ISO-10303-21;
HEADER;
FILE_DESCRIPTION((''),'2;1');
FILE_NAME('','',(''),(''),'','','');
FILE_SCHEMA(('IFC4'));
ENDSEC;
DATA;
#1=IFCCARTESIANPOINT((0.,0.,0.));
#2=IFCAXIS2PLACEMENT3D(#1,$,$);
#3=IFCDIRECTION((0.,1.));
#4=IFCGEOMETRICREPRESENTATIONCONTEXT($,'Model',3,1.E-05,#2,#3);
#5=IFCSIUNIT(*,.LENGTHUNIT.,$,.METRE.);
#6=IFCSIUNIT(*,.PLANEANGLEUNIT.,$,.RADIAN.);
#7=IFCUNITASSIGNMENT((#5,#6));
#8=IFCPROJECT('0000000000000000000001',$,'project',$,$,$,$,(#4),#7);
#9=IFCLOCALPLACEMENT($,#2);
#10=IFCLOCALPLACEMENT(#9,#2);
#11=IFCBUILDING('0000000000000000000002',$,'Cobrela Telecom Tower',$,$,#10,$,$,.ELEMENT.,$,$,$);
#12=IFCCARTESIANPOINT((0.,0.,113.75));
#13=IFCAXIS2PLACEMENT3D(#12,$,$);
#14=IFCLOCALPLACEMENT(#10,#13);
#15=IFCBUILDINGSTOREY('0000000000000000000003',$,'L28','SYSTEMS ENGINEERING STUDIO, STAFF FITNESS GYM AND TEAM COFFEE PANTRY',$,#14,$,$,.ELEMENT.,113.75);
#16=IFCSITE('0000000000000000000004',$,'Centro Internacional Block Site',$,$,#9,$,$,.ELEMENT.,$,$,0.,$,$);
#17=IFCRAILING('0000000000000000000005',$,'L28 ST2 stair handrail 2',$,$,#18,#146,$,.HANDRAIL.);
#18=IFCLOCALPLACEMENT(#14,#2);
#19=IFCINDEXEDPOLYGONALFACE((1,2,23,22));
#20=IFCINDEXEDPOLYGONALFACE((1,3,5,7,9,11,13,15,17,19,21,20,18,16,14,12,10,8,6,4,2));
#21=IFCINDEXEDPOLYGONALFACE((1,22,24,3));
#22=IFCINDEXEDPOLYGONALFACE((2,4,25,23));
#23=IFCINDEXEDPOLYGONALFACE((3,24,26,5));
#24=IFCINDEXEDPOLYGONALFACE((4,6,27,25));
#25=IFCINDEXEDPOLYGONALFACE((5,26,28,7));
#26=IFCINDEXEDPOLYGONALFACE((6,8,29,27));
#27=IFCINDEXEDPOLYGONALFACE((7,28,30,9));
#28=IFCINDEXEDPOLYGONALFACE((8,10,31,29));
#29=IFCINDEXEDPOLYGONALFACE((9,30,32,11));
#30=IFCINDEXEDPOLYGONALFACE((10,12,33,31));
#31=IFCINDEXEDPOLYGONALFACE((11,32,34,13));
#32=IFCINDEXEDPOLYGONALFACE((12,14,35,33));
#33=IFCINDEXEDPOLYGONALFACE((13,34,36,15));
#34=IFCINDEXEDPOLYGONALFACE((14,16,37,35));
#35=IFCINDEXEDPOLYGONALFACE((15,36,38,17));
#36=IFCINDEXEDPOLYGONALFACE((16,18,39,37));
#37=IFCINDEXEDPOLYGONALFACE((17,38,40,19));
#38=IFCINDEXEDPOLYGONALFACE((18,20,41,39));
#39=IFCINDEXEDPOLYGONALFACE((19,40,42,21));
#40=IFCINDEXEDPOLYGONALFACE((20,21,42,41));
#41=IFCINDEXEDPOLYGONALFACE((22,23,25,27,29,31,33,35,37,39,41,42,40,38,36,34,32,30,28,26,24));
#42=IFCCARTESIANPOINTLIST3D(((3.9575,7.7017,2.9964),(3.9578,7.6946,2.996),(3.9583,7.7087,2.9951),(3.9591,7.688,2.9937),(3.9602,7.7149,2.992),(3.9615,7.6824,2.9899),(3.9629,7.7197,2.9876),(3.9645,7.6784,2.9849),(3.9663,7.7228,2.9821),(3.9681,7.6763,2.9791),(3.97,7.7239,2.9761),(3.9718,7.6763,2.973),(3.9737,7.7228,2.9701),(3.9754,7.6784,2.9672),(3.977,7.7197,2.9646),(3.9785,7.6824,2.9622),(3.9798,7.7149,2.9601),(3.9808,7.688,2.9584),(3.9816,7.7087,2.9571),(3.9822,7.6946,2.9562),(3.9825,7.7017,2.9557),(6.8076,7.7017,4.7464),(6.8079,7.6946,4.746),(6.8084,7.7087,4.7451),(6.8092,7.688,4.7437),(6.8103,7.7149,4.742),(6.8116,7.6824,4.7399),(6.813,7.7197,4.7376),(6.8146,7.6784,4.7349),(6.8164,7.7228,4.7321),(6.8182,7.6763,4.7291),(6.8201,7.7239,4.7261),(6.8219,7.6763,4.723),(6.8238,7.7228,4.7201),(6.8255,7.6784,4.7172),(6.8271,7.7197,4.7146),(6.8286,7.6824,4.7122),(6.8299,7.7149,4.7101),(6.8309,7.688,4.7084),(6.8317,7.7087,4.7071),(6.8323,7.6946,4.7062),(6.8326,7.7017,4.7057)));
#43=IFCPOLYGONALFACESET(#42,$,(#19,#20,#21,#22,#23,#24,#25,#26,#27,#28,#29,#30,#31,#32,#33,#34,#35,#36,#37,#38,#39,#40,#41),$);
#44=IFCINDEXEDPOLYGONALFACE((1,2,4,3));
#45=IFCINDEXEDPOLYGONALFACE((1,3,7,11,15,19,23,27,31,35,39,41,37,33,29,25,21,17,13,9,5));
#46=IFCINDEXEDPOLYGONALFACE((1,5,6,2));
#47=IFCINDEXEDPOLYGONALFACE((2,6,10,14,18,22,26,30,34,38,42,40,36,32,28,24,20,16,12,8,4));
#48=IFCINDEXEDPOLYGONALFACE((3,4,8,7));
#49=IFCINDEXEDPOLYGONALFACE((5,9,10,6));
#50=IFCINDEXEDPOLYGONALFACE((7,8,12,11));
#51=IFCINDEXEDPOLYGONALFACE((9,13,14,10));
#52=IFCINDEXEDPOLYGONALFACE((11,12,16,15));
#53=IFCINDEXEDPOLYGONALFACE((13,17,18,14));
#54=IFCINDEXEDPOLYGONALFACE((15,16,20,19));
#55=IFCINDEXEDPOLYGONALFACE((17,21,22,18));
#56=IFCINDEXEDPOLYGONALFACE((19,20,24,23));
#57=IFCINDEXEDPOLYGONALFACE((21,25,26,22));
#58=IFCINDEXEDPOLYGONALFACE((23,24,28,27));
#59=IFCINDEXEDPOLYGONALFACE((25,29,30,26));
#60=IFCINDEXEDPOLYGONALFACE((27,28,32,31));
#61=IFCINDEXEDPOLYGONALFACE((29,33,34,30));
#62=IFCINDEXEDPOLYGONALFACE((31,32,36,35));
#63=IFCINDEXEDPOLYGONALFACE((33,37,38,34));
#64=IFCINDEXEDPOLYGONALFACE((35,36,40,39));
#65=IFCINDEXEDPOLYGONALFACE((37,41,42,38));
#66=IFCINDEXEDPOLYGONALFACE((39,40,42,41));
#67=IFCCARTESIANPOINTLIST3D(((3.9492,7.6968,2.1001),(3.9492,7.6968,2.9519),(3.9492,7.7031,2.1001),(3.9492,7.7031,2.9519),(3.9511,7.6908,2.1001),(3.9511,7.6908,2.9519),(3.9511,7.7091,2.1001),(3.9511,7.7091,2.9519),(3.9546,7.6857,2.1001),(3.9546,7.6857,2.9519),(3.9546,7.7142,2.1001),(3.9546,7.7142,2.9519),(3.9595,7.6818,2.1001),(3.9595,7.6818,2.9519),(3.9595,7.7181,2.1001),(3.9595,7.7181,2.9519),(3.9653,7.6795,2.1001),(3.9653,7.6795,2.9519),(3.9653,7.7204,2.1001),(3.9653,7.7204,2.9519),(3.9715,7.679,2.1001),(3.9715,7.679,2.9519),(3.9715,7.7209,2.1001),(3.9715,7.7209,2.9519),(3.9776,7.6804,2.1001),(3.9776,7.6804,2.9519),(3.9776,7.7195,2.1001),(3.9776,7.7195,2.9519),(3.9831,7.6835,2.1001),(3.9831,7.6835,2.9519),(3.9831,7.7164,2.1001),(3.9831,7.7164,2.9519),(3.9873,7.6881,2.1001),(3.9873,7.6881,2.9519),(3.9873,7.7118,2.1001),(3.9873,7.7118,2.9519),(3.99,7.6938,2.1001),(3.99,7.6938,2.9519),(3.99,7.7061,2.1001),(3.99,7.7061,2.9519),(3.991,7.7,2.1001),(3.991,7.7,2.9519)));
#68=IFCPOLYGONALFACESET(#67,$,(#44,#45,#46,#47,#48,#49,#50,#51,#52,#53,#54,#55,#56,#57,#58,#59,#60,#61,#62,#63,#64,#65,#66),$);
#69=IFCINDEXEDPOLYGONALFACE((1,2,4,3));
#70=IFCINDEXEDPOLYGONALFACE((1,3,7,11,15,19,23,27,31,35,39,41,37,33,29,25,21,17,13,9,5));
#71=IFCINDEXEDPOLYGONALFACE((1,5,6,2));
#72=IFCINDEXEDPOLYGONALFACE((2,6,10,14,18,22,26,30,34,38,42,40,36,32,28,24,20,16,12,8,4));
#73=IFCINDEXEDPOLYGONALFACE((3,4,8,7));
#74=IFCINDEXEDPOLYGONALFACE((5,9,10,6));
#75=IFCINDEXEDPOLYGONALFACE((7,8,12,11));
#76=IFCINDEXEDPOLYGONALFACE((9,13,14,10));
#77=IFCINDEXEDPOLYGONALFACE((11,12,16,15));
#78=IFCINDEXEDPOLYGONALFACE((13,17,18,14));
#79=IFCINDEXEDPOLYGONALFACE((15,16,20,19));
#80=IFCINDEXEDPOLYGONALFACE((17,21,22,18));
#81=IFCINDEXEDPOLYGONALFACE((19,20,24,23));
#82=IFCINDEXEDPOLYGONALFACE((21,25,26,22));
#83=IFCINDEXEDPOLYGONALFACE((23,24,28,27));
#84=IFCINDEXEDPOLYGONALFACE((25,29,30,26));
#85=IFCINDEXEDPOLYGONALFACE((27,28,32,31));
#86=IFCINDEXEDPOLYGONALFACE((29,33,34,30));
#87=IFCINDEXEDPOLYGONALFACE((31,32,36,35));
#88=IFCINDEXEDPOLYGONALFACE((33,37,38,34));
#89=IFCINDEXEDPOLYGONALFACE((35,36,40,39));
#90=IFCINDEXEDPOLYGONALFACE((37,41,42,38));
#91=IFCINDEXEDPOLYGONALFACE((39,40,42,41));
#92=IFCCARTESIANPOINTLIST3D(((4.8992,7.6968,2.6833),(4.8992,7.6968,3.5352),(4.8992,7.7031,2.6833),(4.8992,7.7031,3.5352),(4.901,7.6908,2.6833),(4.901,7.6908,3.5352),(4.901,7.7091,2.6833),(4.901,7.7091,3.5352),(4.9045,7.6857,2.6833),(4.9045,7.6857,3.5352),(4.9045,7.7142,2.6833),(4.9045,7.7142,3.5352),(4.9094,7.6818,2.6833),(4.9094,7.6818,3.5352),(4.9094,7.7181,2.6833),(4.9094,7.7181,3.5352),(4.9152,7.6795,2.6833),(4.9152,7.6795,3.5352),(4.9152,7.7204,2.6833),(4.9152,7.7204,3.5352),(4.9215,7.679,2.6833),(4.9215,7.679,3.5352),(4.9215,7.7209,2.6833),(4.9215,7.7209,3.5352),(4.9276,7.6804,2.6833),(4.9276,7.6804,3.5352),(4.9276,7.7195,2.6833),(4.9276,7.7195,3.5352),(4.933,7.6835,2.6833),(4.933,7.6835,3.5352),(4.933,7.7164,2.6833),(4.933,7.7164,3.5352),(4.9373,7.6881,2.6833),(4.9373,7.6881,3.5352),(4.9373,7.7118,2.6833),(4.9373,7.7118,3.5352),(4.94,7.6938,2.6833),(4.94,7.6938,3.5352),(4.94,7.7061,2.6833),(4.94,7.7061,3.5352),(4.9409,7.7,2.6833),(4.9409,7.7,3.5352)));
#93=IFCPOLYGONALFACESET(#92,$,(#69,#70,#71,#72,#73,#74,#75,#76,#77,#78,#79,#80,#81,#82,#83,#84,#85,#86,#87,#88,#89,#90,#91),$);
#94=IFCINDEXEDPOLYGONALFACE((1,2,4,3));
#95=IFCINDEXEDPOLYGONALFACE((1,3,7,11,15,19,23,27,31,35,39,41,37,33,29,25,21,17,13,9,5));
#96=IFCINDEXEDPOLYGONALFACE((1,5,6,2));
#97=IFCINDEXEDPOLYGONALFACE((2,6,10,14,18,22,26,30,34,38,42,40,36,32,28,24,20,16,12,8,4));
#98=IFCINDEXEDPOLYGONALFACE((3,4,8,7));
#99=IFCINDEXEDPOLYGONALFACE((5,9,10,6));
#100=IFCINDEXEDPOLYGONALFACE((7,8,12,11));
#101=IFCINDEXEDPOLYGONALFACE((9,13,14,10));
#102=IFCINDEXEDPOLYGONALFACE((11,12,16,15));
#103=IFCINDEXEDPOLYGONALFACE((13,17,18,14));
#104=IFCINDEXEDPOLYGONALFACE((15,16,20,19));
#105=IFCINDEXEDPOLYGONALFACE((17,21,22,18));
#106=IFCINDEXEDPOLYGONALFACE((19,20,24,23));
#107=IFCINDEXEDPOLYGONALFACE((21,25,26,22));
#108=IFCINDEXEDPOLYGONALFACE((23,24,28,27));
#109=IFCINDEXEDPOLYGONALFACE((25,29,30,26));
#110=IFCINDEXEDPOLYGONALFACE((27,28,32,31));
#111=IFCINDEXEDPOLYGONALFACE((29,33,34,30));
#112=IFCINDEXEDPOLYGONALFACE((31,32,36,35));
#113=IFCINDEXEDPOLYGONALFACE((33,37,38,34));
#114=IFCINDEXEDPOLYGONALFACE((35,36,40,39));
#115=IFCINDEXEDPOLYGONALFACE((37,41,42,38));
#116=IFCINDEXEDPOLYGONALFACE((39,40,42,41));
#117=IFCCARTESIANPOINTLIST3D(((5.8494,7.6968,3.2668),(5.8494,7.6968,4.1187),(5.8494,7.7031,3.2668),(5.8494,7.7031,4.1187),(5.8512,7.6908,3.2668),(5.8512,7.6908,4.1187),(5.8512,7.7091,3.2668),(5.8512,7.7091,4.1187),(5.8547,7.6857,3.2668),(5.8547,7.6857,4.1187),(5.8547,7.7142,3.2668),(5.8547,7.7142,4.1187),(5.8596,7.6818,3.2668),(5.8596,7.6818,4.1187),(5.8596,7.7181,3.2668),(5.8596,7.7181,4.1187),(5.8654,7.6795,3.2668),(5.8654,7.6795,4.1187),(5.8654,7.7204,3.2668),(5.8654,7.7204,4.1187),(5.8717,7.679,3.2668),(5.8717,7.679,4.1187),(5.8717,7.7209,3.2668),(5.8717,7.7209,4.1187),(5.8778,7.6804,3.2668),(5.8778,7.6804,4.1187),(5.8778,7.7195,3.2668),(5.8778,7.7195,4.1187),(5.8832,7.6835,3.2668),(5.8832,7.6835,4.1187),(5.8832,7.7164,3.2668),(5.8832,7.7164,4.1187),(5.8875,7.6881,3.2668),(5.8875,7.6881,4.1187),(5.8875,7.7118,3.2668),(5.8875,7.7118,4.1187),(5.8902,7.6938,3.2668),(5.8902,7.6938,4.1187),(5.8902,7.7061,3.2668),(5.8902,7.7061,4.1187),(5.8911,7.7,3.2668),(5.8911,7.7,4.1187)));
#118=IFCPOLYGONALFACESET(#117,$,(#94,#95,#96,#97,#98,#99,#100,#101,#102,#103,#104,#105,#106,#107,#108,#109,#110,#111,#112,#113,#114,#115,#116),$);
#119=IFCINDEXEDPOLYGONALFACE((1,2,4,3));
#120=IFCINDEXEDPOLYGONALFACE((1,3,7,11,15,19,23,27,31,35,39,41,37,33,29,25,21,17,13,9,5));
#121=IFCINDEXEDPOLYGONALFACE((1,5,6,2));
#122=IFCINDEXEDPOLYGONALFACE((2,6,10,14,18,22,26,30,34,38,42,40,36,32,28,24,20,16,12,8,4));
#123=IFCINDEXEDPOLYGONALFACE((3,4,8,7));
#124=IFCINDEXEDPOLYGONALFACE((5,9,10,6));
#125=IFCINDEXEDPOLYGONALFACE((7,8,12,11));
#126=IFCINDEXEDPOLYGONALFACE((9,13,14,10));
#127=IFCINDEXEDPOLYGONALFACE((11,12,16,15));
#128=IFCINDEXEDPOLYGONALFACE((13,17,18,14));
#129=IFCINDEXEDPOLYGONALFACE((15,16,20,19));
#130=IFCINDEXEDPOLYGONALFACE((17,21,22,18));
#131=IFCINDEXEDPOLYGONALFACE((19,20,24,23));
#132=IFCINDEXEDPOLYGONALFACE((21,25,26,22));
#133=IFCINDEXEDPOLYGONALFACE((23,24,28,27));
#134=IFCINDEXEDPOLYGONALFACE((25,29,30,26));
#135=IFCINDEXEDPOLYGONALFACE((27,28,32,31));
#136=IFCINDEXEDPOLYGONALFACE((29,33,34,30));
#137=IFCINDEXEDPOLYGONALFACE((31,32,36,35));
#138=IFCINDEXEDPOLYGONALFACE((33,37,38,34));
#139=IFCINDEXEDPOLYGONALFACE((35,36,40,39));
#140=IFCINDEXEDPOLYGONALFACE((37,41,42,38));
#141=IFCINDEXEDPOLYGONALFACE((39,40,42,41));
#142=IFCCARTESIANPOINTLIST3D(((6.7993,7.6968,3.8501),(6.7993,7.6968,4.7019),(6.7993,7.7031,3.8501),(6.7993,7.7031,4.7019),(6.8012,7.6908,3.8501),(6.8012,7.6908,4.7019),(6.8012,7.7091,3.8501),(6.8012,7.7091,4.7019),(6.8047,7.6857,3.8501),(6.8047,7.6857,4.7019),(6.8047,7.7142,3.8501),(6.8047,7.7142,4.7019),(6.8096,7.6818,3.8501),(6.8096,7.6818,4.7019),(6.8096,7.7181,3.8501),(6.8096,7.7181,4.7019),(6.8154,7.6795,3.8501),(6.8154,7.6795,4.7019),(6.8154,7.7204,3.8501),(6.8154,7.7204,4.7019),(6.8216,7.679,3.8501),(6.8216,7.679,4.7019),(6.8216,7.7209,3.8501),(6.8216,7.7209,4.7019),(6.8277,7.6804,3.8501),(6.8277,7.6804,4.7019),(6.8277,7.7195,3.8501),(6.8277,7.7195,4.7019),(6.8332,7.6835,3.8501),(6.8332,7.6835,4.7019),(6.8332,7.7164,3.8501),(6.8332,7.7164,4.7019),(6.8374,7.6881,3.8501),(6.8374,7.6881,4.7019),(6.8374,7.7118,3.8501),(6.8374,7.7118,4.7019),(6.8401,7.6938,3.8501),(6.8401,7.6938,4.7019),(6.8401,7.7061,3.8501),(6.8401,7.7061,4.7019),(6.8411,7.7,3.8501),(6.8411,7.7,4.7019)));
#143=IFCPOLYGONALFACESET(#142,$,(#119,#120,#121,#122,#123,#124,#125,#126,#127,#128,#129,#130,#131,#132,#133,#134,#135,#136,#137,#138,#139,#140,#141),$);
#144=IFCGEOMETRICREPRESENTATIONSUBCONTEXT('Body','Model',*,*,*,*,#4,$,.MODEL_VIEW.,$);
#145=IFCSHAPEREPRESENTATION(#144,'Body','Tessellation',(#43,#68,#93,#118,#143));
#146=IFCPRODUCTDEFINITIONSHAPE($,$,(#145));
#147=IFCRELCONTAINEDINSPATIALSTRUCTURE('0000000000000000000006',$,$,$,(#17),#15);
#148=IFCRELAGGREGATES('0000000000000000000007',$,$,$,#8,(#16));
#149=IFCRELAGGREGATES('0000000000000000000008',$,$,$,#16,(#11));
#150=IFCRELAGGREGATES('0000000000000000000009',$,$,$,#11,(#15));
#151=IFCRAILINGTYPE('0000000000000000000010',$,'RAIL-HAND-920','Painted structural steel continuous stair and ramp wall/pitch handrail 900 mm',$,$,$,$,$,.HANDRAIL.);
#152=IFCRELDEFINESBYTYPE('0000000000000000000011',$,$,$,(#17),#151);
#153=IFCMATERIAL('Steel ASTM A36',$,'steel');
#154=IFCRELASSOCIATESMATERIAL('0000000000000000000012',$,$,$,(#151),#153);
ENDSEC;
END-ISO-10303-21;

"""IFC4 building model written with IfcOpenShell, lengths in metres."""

from ifc_helpers import new_model, si_unit, direction, frame, origin, origin_2d, place, context, subcontext, project, spatial, circle, extrude, material, type_object, element, save


model = new_model("IFC4")

# Units and contexts
model_context = context("Model", 3, precision=1e-05, world=origin(), true_north=direction((0.0, 1.0)))
body_context = subcontext(model_context, "Body", "Model", "MODEL_VIEW")
ifc_project = project(units=[si_unit("LENGTHUNIT", "METRE"), si_unit("PLANEANGLEUNIT", "RADIAN")], contexts=[model_context])

# Site, building, storey
site_placement = place(None, origin())
site = spatial("IfcSite", under=ifc_project, at=site_placement, Name="Centro Internacional Block Site", CompositionType="ELEMENT", RefElevation=0.0)
building_placement = place(site_placement, origin())
building = spatial("IfcBuilding", under=site, at=building_placement, Name="Cobrela Telecom Tower", CompositionType="ELEMENT")
storey_placement = place(building_placement, frame((0.0, 0.0, 113.75)))
storey = spatial("IfcBuildingStorey", under=building, at=storey_placement, Name="L28", Description="SYSTEMS ENGINEERING STUDIO, STAFF FITNESS GYM AND TEAM COFFEE PANTRY", CompositionType="ELEMENT", Elevation=113.75)

# Railing
ifc_material_1 = material(Name="Steel ASTM A36", Category="steel")
railing_type_1 = type_object("IfcRailingType", Name="RAIL-HAND-920", Description="Painted structural steel continuous stair and ramp wall/pitch handrail 900 mm", PredefinedType="HANDRAIL", material=ifc_material_1)
railing_1_placement = place(storey_placement, frame((3.97, 7.7, 2.1001)))
element("IfcRailing", 1, at=railing_1_placement, inside=storey, type_object=railing_type_1, Name="L28 ST2 stair handrail 2", PredefinedType="HANDRAIL", context=body_context, shape_type="SweptSolid", body=[
    extrude(circle(Radius=0.0239, at=origin_2d()), frame((0.0, 0.0, 0.876), z_axis=(0.852179, 0.0, 0.52325), x_axis=(0.0, 1.0, 0.0)), (0.0, 0.0, 1.0), 3.3445),
    extrude(circle(Radius=0.021, at=origin_2d()), origin(), (0.0, 0.0, 1.0), 0.8518),
    extrude(circle(Radius=0.021, at=origin_2d()), frame((0.95, 0.0, 0.5833)), (0.0, 0.0, 1.0), 0.8518),
    extrude(circle(Radius=0.021, at=origin_2d()), frame((1.9001, 0.0, 1.1667)), (0.0, 0.0, 1.0), 0.8518),
    extrude(circle(Radius=0.021, at=origin_2d()), frame((2.8501, 0.0, 1.75)), (0.0, 0.0, 1.0), 0.8518),
])

save(model, "model.ifc")
